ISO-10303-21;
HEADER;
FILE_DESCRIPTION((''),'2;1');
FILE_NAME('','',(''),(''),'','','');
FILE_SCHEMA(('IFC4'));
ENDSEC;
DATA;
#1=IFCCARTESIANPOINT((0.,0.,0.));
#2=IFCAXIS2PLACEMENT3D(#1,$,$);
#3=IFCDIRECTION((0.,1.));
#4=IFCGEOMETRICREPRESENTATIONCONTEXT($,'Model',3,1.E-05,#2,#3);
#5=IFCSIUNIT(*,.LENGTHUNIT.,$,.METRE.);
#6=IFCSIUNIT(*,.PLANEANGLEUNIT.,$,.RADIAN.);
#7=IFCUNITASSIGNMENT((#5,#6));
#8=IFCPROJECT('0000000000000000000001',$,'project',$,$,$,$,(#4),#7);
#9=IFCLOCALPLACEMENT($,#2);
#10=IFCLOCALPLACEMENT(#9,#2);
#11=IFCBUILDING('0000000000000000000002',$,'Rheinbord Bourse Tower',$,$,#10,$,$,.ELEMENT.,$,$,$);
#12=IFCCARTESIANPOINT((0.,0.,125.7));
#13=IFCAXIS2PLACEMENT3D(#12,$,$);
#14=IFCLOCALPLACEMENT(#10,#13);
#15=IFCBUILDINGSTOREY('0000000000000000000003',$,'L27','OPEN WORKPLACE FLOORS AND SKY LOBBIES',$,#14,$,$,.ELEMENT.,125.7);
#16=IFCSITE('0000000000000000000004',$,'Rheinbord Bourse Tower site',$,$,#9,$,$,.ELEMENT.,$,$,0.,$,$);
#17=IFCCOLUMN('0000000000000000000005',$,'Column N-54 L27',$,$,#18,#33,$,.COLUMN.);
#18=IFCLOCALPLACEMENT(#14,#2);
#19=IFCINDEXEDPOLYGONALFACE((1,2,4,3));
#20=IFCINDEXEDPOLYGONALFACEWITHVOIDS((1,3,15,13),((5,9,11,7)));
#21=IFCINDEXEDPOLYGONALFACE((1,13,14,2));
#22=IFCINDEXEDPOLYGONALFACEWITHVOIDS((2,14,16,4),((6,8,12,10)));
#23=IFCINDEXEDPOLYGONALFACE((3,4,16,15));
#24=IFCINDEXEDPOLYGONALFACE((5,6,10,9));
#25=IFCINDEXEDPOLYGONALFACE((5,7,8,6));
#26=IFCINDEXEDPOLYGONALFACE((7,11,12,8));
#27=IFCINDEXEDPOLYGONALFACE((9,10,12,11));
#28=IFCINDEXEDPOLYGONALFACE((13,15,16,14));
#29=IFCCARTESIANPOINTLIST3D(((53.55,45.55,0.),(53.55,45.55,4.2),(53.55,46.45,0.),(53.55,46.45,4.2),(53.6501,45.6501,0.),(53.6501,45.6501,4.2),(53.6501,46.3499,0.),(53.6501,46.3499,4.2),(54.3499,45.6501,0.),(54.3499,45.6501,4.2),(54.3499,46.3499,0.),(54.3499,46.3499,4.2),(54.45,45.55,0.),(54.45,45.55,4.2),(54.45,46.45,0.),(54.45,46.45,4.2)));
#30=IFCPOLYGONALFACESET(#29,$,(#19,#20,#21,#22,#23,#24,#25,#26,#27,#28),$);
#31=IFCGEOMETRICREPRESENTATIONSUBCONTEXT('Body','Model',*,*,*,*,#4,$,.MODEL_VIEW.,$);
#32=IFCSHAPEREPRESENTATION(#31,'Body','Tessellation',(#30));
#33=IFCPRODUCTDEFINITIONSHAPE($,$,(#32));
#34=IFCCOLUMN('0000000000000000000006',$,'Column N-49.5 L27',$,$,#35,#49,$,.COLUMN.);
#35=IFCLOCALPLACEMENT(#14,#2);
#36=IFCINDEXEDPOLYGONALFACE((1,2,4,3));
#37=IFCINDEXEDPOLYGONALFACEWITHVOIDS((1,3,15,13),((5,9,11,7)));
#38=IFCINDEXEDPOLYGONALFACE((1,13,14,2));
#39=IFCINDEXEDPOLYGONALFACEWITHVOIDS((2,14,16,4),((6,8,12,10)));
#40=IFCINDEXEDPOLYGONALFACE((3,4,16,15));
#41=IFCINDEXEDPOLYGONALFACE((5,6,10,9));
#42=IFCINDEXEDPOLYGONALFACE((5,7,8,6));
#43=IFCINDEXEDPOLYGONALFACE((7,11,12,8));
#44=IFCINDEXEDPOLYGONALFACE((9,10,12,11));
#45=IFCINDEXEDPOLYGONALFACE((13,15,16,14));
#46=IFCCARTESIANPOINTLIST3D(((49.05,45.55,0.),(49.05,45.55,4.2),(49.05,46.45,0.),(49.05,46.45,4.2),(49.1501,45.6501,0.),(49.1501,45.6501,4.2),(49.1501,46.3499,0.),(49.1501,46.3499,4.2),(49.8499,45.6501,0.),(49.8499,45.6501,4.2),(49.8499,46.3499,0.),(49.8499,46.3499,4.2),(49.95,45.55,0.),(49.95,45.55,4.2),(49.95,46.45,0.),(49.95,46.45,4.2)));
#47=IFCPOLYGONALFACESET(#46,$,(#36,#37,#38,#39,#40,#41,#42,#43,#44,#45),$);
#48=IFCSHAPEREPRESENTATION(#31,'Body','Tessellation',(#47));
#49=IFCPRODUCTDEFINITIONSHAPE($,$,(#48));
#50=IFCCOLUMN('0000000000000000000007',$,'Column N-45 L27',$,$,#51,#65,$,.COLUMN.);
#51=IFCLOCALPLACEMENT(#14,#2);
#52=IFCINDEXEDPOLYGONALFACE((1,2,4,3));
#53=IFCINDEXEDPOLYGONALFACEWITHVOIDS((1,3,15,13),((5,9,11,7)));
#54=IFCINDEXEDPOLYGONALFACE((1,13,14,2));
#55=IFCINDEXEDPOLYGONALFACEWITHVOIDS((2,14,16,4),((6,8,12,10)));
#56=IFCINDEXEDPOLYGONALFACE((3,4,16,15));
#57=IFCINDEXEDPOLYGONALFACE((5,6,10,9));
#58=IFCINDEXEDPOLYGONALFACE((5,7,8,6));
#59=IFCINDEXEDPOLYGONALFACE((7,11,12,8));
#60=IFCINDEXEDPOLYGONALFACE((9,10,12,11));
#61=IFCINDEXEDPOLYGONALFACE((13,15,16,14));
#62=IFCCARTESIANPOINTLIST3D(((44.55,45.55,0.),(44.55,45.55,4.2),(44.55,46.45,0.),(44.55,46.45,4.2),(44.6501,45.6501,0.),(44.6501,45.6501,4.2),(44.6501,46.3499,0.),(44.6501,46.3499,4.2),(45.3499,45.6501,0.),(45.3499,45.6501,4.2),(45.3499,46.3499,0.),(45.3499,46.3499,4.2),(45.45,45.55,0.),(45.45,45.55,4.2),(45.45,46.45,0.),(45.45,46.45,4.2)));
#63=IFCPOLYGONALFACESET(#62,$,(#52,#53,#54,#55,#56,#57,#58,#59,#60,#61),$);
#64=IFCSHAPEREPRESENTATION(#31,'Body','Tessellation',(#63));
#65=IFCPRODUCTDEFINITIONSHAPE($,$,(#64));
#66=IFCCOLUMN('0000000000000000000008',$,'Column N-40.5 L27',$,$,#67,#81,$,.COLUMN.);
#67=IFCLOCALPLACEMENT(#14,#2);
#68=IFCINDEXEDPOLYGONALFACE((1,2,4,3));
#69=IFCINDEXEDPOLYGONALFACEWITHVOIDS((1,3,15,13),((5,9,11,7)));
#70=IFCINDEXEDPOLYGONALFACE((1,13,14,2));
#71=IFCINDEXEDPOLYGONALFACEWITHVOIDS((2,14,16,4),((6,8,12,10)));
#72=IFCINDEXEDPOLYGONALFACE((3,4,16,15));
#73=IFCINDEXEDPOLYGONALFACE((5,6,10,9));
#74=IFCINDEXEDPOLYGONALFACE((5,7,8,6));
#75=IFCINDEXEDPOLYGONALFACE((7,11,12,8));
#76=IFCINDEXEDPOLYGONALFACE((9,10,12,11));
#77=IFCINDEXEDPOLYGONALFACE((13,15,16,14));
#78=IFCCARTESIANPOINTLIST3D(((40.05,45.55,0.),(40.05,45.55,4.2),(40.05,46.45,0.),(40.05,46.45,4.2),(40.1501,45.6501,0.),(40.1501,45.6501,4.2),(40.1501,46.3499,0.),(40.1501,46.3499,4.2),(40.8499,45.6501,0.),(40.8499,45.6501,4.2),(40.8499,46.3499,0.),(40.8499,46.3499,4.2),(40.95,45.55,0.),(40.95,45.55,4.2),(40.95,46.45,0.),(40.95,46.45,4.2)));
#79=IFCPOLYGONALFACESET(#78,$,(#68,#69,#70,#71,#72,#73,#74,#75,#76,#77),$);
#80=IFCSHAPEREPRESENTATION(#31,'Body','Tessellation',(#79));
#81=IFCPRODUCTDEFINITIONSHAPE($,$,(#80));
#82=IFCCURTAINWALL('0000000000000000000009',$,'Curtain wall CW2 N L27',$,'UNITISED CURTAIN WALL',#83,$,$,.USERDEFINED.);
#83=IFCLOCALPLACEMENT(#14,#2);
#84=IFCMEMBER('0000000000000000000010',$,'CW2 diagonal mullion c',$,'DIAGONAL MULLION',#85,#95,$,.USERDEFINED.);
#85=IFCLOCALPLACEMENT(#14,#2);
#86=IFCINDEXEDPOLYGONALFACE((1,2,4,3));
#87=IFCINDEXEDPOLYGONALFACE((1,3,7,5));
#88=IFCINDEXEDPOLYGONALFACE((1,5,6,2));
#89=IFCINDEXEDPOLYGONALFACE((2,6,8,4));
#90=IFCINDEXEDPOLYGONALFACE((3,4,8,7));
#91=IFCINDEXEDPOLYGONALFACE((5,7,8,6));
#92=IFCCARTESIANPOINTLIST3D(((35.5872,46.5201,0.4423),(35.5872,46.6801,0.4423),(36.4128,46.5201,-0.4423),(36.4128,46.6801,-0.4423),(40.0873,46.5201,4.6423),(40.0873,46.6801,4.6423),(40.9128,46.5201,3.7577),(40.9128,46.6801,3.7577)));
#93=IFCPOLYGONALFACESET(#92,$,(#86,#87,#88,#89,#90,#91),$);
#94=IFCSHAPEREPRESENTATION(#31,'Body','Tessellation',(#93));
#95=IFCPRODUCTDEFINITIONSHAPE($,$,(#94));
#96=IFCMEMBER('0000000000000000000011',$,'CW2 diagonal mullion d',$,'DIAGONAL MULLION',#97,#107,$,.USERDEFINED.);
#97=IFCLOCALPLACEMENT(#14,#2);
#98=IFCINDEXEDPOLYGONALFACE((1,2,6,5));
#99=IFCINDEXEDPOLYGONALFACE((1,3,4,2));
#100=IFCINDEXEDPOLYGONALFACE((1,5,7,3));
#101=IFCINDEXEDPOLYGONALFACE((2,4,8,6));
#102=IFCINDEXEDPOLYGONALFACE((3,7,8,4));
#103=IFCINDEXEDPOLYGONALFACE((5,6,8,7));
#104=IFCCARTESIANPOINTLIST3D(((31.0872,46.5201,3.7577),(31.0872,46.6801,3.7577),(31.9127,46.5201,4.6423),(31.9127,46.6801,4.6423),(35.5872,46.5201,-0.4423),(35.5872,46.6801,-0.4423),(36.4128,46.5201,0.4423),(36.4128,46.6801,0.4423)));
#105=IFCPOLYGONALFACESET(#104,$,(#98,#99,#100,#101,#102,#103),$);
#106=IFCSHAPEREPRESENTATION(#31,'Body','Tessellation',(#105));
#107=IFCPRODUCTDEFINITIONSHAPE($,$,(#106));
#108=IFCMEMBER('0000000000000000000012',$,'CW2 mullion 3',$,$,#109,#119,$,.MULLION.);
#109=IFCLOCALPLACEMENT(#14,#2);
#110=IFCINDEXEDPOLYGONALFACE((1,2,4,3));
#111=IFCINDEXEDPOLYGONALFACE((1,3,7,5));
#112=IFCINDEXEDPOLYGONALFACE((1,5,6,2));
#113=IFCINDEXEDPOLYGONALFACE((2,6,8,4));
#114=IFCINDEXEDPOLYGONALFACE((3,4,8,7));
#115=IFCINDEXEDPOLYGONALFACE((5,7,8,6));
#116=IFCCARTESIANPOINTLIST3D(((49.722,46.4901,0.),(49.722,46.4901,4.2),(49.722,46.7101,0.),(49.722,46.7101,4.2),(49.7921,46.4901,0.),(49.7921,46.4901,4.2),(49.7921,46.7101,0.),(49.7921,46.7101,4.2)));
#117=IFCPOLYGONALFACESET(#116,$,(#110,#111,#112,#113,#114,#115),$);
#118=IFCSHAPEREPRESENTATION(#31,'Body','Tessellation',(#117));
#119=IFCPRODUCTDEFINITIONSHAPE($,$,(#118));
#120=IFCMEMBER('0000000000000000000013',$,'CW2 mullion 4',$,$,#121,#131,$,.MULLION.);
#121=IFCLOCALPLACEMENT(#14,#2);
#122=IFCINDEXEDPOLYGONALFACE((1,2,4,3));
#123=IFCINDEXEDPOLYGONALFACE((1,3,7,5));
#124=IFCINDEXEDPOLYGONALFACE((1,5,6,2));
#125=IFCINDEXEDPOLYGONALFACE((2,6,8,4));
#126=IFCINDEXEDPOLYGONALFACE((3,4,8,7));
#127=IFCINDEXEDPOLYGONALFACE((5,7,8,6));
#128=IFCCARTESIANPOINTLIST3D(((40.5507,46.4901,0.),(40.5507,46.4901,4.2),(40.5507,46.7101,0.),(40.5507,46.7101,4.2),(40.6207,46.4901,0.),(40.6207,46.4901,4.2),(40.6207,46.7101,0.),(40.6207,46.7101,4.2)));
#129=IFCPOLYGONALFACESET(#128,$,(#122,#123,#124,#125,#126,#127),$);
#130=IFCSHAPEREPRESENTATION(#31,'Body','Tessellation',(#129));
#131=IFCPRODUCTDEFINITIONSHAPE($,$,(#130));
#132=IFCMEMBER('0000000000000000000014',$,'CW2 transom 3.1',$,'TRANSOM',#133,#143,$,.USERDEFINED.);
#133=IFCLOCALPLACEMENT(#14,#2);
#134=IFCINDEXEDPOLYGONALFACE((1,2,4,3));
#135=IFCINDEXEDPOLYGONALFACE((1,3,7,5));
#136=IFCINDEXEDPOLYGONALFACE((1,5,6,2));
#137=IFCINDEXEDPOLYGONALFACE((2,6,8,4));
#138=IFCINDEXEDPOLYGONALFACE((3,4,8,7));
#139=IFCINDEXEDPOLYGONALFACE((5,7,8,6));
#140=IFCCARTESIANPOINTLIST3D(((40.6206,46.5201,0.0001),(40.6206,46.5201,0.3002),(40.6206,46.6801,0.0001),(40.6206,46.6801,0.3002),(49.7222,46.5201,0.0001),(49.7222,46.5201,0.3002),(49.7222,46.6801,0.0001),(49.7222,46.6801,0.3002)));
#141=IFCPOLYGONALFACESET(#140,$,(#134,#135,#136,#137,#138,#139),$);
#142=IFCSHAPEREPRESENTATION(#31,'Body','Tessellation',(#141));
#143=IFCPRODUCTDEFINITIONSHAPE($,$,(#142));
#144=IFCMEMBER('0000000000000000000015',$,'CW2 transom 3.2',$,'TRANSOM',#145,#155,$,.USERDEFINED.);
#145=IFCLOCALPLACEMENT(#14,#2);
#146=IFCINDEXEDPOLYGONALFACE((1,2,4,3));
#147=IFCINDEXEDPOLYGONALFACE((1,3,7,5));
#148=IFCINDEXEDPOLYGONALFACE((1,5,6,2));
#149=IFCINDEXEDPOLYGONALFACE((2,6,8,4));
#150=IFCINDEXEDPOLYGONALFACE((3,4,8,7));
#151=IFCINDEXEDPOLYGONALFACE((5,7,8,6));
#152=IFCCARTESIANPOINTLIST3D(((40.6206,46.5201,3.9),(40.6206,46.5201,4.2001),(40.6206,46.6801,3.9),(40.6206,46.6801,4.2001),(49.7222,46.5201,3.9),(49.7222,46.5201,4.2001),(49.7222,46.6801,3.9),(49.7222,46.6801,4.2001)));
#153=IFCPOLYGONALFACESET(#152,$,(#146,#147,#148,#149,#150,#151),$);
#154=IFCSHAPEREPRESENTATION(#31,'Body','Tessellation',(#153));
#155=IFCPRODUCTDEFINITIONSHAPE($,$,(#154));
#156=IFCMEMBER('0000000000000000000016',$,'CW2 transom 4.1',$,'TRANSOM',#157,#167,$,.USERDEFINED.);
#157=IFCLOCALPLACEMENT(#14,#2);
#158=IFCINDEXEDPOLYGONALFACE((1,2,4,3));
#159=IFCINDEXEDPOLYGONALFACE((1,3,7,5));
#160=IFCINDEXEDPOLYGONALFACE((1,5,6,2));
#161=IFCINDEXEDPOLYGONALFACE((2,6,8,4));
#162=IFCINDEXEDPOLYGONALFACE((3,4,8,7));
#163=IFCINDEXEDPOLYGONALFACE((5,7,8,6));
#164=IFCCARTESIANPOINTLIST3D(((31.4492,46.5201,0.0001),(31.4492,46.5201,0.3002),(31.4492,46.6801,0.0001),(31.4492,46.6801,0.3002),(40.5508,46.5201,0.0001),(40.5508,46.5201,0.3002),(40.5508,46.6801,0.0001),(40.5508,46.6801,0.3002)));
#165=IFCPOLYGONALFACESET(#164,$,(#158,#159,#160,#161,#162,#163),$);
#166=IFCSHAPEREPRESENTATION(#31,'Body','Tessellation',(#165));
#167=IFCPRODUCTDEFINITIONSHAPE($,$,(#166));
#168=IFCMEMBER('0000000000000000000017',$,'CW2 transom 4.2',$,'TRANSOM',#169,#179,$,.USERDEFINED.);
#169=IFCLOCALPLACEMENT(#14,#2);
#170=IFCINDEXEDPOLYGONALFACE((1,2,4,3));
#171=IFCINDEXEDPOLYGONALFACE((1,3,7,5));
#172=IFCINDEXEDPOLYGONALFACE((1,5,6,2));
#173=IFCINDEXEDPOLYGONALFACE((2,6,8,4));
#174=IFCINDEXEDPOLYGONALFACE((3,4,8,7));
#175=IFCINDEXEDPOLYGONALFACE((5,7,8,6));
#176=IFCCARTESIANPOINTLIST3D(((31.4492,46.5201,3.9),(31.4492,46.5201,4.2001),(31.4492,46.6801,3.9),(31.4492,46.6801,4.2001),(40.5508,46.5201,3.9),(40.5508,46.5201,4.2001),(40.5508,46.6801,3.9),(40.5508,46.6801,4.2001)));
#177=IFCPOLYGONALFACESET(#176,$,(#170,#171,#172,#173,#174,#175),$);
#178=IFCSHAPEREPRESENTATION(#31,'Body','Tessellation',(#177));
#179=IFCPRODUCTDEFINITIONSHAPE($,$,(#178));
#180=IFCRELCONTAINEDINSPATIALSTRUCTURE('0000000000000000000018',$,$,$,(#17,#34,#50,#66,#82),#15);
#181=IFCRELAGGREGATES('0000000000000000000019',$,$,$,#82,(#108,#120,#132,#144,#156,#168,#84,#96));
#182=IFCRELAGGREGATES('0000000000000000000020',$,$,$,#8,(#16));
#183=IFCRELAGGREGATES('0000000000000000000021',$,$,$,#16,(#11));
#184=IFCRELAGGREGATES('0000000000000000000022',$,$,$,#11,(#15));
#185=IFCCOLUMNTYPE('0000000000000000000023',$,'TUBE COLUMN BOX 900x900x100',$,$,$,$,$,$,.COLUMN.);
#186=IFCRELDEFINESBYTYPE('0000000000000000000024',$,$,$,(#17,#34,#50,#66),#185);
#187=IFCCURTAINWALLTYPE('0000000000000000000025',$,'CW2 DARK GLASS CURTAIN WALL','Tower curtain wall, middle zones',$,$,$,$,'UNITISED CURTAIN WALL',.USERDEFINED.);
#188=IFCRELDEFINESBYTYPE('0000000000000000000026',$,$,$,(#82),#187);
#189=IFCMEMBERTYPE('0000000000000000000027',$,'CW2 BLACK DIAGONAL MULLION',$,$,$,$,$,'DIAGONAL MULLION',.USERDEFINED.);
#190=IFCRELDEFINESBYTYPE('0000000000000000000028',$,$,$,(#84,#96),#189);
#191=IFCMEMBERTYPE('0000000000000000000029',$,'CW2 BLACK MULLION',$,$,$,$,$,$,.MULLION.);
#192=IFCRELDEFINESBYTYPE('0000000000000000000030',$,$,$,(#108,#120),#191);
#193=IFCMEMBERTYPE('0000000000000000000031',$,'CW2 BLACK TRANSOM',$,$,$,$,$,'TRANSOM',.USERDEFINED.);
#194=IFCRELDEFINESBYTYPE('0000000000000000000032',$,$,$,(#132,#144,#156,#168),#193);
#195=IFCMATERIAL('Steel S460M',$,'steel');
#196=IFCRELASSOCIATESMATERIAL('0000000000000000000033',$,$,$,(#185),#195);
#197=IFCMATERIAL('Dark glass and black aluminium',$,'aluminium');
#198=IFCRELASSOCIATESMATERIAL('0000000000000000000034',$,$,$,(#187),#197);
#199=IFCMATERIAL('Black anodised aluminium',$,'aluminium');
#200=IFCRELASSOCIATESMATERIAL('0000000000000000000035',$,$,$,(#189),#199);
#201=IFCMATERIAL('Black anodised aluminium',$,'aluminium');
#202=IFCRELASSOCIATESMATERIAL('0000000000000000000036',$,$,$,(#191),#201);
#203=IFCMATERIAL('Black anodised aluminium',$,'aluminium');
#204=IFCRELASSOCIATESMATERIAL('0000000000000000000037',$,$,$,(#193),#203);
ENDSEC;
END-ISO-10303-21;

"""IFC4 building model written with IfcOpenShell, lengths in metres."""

from ifc_helpers import new_model, si_unit, direction, frame, origin, origin_2d, place, context, subcontext, project, spatial, rectangle, hollow_rectangle, extrude, material, material_profile, profile_set, type_object, element, aggregate, save


model = new_model("IFC4")

# Units and contexts
model_context = context("Model", 3, precision=1e-05, world=origin(), true_north=direction((0.0, 1.0)))
body_context = subcontext(model_context, "Body", "Model", "MODEL_VIEW")
ifc_project = project(units=[si_unit("LENGTHUNIT", "METRE"), si_unit("PLANEANGLEUNIT", "RADIAN")], contexts=[model_context])

# Site, building, storey
site_placement = place(None, origin())
site = spatial("IfcSite", under=ifc_project, at=site_placement, Name="Rheinbord Bourse Tower site", CompositionType="ELEMENT", RefElevation=0.0)
building_placement = place(site_placement, origin())
building = spatial("IfcBuilding", under=site, at=building_placement, Name="Rheinbord Bourse Tower", CompositionType="ELEMENT")
storey_placement = place(building_placement, frame((0.0, 0.0, 125.7)))
storey = spatial("IfcBuildingStorey", under=building, at=storey_placement, Name="L27", Description="OPEN WORKPLACE FLOORS AND SKY LOBBIES", CompositionType="ELEMENT", Elevation=125.7)

# Columns
ifc_material_1 = material(Name="Steel S460M", Category="steel")
ifc_material_profile_1 = material_profile(ifc_material_1, hollow_rectangle(XDim=0.8999, YDim=0.8999, WallThickness=0.1001, at=origin_2d()), Name="BOX 900x900x100")
ifc_profile_set_1 = profile_set([ifc_material_profile_1], Name="Steel S460M")
column_type = type_object("IfcColumnType", Name="TUBE COLUMN BOX 900x900x100", PredefinedType="COLUMN", material=ifc_profile_set_1)
for number, where, z_axis, x_axis, name in (
    (1, (54.0, 46.0, 0.0), (0.0, 0.0, 1.0), (0.0, 1.0, 0.0), "Column N-54 L27"),
    (2, (49.5, 46.0, 0.0), (0.0, 0.0, 1.0), (0.0, 1.0, 0.0), "Column N-49.5 L27"),
    (3, (45.0, 46.0, 0.0), (0.0, 0.0, 1.0), (0.0, 1.0, 0.0), "Column N-45 L27"),
    (4, (40.5, 46.0, 0.0), (0.0, 0.0, 1.0), (0.0, 1.0, 0.0), "Column N-40.5 L27"),
):
    element("IfcColumn", number, at=place(storey_placement, frame(where, z_axis=z_axis, x_axis=x_axis)), inside=storey, type_object=column_type, Name=name, PredefinedType="COLUMN", context=body_context, shape_type="SweptSolid", body=[
        extrude(hollow_rectangle(XDim=0.8999, YDim=0.8999, WallThickness=0.1001, at=origin_2d()), origin(), (0.0, 0.0, 1.0), 4.2),
    ])

# Curtain wall, members
ifc_material_2 = material(Name="Dark glass and black aluminium", Category="aluminium")
curtain_wall_type = type_object("IfcCurtainWallType", Name="CW2 DARK GLASS CURTAIN WALL", Description="Tower curtain wall, middle zones", ElementType="UNITISED CURTAIN WALL", PredefinedType="USERDEFINED", material=ifc_material_2)
curtain_wall_placement = place(storey_placement, origin())
curtain_wall = element("IfcCurtainWall", 5, at=curtain_wall_placement, inside=storey, type_object=curtain_wall_type, Name="Curtain wall CW2 N L27", ObjectType="UNITISED CURTAIN WALL", PredefinedType="USERDEFINED")
ifc_material_3 = material(Name="Black anodised aluminium", Category="aluminium")
ifc_material_profile_2 = material_profile(ifc_material_3, rectangle(XDim=0.1599, YDim=1.21, at=origin_2d()), Name="CW2 DIAGONAL MULLION 1210x160")
ifc_profile_set_2 = profile_set([ifc_material_profile_2], Name="Black anodised aluminium")
member_type_1 = type_object("IfcMemberType", Name="CW2 BLACK DIAGONAL MULLION", ElementType="DIAGONAL MULLION", PredefinedType="USERDEFINED", material=ifc_profile_set_2)
member_1_placement = place(storey_placement, frame((36.0, 46.6001, 0.0), z_axis=(0.731059, 0.0, 0.682314), x_axis=(0.0, 1.0, 0.0)))
member_1 = element("IfcMember", 6, at=member_1_placement, type_object=member_type_1, Name="CW2 diagonal mullion c", ObjectType="DIAGONAL MULLION", PredefinedType="USERDEFINED", context=body_context, shape_type="SweptSolid", body=[
    extrude(rectangle(XDim=0.1599, YDim=1.21, at=origin_2d()), origin(), (0.0, 0.0, 1.0), 6.1555),
])
member_2_placement = place(storey_placement, frame((36.0, 46.6001, 0.0), z_axis=(-0.731059, 0.0, 0.682314), x_axis=(0.0, -1.0, 0.0)))
member_2 = element("IfcMember", 7, at=member_2_placement, type_object=member_type_1, Name="CW2 diagonal mullion d", ObjectType="DIAGONAL MULLION", PredefinedType="USERDEFINED", context=body_context, shape_type="SweptSolid", body=[
    extrude(rectangle(XDim=0.1599, YDim=1.21, at=origin_2d()), origin(), (0.0, 0.0, 1.0), 6.1555),
])
ifc_material_4 = material(Name="Black anodised aluminium", Category="aluminium")
ifc_material_profile_3 = material_profile(ifc_material_4, rectangle(XDim=0.22, YDim=0.0701, at=origin_2d()), Name="CW2 MULLION 70x220")
ifc_profile_set_3 = profile_set([ifc_material_profile_3], Name="Black anodised aluminium")
member_type_2 = type_object("IfcMemberType", Name="CW2 BLACK MULLION", PredefinedType="MULLION", material=ifc_profile_set_3)
member_3_placement = place(storey_placement, frame((49.7571, 46.6001, 0.0), z_axis=(0.0, 0.0, 1.0), x_axis=(0.0, -1.0, 0.0)))
member_3 = element("IfcMember", 8, at=member_3_placement, type_object=member_type_2, Name="CW2 mullion 3", PredefinedType="MULLION", context=body_context, shape_type="SweptSolid", body=[
    extrude(rectangle(XDim=0.22, YDim=0.0701, at=origin_2d()), origin(), (0.0, 0.0, 1.0), 4.2),
])
member_4_placement = place(storey_placement, frame((40.5857, 46.6001, 0.0), z_axis=(0.0, 0.0, 1.0), x_axis=(0.0, -1.0, 0.0)))
member_4 = element("IfcMember", 9, at=member_4_placement, type_object=member_type_2, Name="CW2 mullion 4", PredefinedType="MULLION", context=body_context, shape_type="SweptSolid", body=[
    extrude(rectangle(XDim=0.22, YDim=0.0701, at=origin_2d()), origin(), (0.0, 0.0, 1.0), 4.2),
])
ifc_material_5 = material(Name="Black anodised aluminium", Category="aluminium")
ifc_material_profile_4 = material_profile(ifc_material_5, rectangle(XDim=0.1599, YDim=0.3, at=origin_2d()), Name="CW2 TRANSOM 300x160")
ifc_profile_set_4 = profile_set([ifc_material_profile_4], Name="Black anodised aluminium")
member_type_3 = type_object("IfcMemberType", Name="CW2 BLACK TRANSOM", ElementType="TRANSOM", PredefinedType="USERDEFINED", material=ifc_profile_set_4)
member_5_placement = place(storey_placement, frame((49.7222, 46.6001, 0.1501), z_axis=(-1.0, 0.0, 0.0), x_axis=(0.0, -1.0, 0.0)))
member_5 = element("IfcMember", 10, at=member_5_placement, type_object=member_type_3, Name="CW2 transom 3.1", ObjectType="TRANSOM", PredefinedType="USERDEFINED", context=body_context, shape_type="SweptSolid", body=[
    extrude(rectangle(XDim=0.1599, YDim=0.3, at=origin_2d()), origin(), (0.0, 0.0, 1.0), 9.1016),
])
member_6_placement = place(storey_placement, frame((49.7222, 46.6001, 4.05), z_axis=(-1.0, 0.0, 0.0), x_axis=(0.0, -1.0, 0.0)))
member_6 = element("IfcMember", 11, at=member_6_placement, type_object=member_type_3, Name="CW2 transom 3.2", ObjectType="TRANSOM", PredefinedType="USERDEFINED", context=body_context, shape_type="SweptSolid", body=[
    extrude(rectangle(XDim=0.1599, YDim=0.3, at=origin_2d()), origin(), (0.0, 0.0, 1.0), 9.1016),
])
member_7_placement = place(storey_placement, frame((40.5508, 46.6001, 0.1501), z_axis=(-1.0, 0.0, 0.0), x_axis=(0.0, -1.0, 0.0)))
member_7 = element("IfcMember", 12, at=member_7_placement, type_object=member_type_3, Name="CW2 transom 4.1", ObjectType="TRANSOM", PredefinedType="USERDEFINED", context=body_context, shape_type="SweptSolid", body=[
    extrude(rectangle(XDim=0.1599, YDim=0.3, at=origin_2d()), origin(), (0.0, 0.0, 1.0), 9.1016),
])
member_8_placement = place(storey_placement, frame((40.5508, 46.6001, 4.05), z_axis=(-1.0, 0.0, 0.0), x_axis=(0.0, -1.0, 0.0)))
member_8 = element("IfcMember", 13, at=member_8_placement, type_object=member_type_3, Name="CW2 transom 4.2", ObjectType="TRANSOM", PredefinedType="USERDEFINED", context=body_context, shape_type="SweptSolid", body=[
    extrude(rectangle(XDim=0.1599, YDim=0.3, at=origin_2d()), origin(), (0.0, 0.0, 1.0), 9.1016),
])

aggregate(curtain_wall, [member_3, member_4, member_5, member_6, member_7, member_8, member_1, member_2])

save(model, "model.ifc")
